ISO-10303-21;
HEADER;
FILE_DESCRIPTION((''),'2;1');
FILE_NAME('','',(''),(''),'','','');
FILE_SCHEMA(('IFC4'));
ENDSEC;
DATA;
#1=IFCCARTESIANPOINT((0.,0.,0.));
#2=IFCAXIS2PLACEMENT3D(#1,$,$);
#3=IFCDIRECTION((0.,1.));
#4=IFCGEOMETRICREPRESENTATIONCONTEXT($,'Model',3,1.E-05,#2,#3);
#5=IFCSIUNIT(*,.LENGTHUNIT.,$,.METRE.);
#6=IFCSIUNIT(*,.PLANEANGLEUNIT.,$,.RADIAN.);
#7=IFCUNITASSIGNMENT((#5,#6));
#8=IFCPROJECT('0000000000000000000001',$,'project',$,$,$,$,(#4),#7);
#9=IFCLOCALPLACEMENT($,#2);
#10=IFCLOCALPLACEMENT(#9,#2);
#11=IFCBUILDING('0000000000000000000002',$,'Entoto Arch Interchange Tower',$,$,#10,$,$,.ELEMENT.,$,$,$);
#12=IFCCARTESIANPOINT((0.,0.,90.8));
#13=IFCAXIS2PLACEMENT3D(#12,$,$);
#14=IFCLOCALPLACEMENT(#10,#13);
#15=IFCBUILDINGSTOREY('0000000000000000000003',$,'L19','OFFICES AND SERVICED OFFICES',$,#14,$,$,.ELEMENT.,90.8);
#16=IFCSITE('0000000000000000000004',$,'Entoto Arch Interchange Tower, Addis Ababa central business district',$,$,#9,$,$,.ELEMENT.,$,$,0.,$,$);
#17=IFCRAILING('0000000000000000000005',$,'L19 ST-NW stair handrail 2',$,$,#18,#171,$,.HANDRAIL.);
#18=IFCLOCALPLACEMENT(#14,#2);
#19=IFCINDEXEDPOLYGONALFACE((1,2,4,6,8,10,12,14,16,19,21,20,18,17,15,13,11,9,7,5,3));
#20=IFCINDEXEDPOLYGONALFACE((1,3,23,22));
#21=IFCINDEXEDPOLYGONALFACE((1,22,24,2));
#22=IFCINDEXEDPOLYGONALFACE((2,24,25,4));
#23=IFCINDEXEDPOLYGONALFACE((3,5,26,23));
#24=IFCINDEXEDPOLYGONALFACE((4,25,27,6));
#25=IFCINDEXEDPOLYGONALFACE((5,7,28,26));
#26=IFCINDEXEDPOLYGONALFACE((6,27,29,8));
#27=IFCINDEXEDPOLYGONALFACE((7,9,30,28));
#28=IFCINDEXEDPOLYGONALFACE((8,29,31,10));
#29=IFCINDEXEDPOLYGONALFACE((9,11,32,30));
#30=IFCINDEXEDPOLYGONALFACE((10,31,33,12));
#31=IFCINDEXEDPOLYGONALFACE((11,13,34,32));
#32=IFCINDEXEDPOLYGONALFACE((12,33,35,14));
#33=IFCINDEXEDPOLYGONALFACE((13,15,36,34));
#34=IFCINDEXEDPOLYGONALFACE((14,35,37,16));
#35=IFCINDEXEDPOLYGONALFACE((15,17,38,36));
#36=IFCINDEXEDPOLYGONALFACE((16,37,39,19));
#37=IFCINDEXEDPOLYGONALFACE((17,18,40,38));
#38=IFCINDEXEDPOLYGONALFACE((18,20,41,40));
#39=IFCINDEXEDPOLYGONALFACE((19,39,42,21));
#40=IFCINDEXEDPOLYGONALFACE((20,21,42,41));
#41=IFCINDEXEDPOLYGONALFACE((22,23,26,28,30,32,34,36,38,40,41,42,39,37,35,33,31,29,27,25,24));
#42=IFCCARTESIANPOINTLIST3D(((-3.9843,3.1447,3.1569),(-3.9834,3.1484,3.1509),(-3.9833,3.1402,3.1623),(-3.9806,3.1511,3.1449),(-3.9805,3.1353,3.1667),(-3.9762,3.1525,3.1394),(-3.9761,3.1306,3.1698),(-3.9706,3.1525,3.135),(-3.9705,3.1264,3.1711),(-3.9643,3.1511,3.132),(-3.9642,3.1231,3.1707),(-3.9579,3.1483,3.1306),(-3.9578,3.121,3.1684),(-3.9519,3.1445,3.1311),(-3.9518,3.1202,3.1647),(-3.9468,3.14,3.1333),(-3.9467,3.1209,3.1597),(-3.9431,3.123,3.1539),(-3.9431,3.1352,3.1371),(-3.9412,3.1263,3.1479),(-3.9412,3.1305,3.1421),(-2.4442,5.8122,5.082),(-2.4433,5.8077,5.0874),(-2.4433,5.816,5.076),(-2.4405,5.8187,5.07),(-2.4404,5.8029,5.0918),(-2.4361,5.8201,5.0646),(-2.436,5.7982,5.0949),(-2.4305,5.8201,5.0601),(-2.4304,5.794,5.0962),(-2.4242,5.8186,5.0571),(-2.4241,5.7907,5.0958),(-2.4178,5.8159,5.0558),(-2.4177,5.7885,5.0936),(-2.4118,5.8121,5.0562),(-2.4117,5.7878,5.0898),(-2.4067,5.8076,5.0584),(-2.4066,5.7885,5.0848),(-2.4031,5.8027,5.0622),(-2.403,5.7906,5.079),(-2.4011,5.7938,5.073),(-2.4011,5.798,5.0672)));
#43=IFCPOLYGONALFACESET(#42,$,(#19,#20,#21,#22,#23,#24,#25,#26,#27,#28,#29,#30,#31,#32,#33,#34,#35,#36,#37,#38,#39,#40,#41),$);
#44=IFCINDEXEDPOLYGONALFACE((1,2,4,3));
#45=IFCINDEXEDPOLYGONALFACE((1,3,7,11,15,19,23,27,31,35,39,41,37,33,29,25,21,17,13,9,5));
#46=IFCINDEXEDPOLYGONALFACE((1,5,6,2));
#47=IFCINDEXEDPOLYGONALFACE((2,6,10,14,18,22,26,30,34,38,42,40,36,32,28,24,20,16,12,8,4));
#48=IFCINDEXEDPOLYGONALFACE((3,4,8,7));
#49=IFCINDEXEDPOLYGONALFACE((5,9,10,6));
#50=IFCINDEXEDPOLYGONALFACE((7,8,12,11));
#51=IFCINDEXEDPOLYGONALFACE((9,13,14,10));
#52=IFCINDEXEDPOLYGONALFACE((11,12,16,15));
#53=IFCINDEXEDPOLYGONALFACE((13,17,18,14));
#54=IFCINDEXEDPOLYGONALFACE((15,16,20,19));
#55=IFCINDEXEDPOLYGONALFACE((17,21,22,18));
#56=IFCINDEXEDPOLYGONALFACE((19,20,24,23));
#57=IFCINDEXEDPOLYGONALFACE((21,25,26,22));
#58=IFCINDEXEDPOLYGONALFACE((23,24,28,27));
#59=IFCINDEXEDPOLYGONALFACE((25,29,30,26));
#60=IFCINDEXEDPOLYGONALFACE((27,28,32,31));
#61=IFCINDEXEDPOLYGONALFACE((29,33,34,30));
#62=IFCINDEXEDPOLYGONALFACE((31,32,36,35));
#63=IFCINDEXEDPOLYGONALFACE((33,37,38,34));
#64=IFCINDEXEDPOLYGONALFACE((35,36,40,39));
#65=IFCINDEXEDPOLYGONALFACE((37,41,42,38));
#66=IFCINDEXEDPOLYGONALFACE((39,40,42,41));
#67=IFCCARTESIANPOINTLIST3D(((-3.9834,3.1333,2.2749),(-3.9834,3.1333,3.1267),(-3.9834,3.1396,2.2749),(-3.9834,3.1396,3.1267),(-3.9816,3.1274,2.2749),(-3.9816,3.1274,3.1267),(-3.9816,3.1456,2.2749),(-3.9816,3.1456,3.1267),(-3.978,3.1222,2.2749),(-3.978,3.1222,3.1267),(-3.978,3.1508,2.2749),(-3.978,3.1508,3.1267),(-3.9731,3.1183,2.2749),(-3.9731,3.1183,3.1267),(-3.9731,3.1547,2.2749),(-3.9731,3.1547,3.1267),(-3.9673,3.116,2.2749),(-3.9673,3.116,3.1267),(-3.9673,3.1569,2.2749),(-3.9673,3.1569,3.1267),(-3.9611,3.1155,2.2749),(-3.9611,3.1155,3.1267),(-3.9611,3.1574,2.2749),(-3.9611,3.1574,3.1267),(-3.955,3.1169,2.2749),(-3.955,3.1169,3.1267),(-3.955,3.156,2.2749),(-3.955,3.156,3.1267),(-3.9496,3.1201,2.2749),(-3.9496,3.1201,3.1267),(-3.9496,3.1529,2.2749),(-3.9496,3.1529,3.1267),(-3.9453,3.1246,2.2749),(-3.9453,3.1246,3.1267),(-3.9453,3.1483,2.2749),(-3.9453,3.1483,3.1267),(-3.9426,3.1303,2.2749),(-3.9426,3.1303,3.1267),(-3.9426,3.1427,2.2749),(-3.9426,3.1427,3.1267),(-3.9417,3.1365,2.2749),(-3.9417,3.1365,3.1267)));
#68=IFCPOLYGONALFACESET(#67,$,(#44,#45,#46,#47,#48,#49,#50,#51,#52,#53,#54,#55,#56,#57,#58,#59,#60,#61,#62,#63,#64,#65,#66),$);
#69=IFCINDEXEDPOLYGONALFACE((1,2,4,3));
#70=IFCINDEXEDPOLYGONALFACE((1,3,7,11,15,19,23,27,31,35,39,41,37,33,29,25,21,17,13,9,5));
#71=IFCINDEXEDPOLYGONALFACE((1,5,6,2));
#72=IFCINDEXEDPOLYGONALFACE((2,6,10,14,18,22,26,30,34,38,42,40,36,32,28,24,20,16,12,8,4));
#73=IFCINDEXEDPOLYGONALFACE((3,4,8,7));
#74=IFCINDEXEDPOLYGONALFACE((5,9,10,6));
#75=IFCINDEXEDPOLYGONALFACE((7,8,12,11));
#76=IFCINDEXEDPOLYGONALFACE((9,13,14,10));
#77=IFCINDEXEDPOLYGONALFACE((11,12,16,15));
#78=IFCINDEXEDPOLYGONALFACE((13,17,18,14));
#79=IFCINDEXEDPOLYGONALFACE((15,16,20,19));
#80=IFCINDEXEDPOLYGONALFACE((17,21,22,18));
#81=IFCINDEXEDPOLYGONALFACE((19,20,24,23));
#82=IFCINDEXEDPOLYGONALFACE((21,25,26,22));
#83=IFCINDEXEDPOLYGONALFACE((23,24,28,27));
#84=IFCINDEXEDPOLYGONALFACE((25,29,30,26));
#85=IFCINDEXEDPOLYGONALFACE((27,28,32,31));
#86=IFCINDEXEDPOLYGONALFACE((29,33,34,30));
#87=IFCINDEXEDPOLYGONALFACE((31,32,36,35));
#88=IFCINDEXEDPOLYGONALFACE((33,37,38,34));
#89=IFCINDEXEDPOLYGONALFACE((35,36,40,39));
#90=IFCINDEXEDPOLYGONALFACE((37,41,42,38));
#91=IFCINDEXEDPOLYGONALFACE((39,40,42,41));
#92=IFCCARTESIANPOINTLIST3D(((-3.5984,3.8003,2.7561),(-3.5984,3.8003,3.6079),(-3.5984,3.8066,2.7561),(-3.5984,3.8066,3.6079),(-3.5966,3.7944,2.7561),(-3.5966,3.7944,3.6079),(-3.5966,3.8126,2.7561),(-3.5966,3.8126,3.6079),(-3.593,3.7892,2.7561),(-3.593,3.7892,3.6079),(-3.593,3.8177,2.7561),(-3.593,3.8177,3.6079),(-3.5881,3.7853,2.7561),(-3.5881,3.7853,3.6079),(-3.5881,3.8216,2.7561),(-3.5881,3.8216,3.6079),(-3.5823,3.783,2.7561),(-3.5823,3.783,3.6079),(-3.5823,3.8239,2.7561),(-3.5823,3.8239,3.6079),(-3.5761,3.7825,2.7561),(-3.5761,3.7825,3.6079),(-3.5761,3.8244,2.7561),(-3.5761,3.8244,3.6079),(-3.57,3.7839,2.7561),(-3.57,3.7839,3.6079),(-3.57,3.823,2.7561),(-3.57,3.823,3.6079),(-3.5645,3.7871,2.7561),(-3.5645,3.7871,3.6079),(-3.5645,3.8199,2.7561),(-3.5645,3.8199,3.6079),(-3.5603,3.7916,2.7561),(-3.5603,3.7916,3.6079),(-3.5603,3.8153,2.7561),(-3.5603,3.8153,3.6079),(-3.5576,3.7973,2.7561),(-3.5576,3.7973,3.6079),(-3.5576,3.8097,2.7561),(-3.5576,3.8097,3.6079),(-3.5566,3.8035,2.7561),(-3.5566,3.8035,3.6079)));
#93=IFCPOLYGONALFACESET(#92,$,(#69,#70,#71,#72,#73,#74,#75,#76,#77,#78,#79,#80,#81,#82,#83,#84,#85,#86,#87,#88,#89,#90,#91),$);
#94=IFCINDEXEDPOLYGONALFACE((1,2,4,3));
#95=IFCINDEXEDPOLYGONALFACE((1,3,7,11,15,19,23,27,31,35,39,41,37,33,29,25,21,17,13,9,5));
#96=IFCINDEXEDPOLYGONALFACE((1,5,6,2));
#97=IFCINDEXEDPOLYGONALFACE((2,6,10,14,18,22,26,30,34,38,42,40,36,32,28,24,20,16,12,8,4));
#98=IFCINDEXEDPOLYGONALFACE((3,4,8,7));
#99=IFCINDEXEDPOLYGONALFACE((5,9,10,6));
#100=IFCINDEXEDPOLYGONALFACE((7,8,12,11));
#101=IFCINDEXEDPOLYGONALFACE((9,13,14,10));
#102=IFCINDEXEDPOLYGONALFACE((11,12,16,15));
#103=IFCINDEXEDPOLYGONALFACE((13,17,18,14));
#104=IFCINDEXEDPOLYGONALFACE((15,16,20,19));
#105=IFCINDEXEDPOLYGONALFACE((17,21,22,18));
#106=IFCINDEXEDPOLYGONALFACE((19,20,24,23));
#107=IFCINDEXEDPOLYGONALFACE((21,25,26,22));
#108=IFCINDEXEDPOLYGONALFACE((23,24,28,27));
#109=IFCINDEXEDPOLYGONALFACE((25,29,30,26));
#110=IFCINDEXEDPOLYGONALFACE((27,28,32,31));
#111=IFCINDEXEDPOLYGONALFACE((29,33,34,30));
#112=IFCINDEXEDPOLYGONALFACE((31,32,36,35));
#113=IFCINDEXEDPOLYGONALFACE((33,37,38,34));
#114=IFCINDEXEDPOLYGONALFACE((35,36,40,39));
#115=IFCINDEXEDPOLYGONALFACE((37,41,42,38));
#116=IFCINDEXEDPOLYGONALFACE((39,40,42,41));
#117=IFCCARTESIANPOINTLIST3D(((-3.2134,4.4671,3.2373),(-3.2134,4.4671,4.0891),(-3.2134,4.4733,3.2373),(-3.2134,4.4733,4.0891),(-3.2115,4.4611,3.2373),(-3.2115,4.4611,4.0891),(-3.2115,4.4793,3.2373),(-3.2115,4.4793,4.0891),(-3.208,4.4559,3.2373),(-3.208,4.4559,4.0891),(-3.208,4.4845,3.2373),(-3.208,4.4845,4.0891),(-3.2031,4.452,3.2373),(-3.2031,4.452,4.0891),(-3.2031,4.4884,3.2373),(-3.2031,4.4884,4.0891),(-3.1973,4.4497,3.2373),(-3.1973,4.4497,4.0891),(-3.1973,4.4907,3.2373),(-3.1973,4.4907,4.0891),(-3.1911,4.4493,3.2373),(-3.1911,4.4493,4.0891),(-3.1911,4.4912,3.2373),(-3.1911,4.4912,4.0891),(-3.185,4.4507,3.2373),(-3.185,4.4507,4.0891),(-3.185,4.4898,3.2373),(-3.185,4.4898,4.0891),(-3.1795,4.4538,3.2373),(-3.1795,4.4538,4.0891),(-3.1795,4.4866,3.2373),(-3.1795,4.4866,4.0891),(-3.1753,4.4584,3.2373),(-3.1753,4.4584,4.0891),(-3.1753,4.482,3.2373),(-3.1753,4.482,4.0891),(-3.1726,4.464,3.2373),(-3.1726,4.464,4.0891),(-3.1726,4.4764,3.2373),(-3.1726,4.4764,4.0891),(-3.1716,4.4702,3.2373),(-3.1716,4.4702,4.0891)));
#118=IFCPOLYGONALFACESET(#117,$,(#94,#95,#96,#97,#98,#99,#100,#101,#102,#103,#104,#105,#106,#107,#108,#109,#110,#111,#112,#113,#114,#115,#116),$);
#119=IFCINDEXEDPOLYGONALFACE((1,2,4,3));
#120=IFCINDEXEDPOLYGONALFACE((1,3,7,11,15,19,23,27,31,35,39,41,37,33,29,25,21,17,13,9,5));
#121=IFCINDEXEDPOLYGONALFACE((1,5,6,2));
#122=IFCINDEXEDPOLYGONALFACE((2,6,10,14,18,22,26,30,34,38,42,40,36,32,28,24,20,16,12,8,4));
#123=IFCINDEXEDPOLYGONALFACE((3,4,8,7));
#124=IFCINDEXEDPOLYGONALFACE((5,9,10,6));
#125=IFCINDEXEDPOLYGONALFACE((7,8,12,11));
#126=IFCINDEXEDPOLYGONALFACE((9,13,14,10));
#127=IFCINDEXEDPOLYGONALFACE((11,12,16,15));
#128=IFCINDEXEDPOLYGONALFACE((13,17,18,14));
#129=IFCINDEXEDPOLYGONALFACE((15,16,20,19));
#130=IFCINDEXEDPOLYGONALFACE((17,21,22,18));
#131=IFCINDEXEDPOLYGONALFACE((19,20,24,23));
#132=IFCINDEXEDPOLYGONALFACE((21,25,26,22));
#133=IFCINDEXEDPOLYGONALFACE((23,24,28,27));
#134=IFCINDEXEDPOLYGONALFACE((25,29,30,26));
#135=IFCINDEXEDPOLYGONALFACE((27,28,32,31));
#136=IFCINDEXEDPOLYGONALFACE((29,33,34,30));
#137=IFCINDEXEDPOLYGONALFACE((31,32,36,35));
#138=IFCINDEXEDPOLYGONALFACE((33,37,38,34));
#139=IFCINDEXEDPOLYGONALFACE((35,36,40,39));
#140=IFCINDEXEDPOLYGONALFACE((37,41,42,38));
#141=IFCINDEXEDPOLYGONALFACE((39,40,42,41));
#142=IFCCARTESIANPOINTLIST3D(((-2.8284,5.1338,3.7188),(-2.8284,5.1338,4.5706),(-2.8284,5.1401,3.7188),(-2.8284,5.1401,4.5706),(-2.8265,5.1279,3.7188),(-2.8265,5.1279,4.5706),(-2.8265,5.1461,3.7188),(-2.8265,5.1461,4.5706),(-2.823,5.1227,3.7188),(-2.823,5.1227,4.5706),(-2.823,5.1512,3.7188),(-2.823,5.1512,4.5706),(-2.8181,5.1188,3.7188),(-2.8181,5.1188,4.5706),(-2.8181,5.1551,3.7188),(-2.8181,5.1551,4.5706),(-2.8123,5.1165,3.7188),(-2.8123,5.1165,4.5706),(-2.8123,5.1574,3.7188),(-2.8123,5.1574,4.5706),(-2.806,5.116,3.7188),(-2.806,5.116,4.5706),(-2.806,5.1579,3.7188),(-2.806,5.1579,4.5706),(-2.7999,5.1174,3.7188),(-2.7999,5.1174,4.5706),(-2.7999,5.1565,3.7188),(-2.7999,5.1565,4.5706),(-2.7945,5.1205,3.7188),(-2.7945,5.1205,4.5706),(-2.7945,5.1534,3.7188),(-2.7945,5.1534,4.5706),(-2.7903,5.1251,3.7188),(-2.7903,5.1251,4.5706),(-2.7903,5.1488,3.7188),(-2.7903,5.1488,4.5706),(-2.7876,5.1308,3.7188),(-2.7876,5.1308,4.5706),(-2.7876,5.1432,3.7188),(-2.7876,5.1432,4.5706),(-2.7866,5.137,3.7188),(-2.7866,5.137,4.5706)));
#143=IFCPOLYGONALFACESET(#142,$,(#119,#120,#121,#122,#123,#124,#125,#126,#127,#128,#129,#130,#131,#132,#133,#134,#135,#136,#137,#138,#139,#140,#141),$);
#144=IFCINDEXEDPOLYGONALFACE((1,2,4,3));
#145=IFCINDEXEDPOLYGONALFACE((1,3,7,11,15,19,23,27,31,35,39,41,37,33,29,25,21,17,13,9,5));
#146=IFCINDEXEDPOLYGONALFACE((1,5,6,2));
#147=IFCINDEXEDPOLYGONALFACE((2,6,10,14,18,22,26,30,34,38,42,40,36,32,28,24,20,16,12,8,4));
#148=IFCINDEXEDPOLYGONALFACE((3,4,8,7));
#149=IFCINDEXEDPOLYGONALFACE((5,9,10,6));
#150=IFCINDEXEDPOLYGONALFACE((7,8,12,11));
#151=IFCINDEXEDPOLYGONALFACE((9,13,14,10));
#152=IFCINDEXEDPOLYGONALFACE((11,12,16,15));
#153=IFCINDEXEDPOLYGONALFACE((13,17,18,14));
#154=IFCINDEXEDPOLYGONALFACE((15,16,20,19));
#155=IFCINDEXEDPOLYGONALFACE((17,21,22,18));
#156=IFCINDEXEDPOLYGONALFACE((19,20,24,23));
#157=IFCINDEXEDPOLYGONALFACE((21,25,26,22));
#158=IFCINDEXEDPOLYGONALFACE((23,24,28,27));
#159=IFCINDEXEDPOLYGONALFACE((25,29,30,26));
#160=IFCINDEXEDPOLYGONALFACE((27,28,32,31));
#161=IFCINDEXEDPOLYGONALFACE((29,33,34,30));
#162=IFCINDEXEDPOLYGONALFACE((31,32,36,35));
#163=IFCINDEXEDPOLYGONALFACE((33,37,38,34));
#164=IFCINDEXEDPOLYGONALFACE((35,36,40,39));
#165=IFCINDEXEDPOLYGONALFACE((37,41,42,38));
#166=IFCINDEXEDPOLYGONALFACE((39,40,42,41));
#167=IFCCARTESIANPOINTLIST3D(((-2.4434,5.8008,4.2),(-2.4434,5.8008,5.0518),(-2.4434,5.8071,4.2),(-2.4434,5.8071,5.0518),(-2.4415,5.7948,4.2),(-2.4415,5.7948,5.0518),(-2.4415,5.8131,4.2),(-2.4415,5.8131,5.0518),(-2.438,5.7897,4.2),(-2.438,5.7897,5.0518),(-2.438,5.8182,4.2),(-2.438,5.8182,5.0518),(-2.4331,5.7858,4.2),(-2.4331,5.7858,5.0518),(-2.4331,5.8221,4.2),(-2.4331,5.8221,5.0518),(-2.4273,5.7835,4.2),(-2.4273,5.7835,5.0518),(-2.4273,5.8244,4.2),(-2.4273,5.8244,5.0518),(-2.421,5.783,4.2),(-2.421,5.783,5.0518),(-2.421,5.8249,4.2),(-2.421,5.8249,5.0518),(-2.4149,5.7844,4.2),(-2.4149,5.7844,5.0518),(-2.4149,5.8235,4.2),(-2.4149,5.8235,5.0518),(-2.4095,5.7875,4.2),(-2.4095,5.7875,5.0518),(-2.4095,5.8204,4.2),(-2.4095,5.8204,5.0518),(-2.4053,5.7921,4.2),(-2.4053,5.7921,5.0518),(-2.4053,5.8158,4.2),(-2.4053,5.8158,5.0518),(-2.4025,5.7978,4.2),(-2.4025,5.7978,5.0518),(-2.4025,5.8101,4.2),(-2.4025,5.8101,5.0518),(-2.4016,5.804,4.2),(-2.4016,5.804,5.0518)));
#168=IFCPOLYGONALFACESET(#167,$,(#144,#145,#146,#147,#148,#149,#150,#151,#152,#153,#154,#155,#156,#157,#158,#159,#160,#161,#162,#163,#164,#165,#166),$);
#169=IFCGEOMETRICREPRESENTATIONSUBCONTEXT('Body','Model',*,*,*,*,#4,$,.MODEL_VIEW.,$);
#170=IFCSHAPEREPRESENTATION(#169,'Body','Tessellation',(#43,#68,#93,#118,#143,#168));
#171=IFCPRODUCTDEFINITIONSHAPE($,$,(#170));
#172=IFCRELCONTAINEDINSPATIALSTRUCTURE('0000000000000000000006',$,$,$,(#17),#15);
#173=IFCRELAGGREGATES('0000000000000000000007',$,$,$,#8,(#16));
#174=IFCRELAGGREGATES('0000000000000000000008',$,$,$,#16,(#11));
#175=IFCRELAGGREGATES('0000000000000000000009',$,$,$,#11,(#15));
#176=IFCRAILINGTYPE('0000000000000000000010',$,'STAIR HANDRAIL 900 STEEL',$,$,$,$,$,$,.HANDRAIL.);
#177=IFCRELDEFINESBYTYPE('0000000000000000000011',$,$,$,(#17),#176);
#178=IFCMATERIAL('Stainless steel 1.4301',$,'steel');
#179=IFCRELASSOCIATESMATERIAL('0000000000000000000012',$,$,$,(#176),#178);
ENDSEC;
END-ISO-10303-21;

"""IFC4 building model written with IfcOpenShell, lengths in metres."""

from ifc_helpers import new_model, si_unit, direction, frame, origin, origin_2d, place, context, subcontext, project, spatial, circle, extrude, material, type_object, element, save


model = new_model("IFC4")

# Units and contexts
model_context = context("Model", 3, precision=1e-05, world=origin(), true_north=direction((0.0, 1.0)))
body_context = subcontext(model_context, "Body", "Model", "MODEL_VIEW")
ifc_project = project(units=[si_unit("LENGTHUNIT", "METRE"), si_unit("PLANEANGLEUNIT", "RADIAN")], contexts=[model_context])

# Site, building, storey
site_placement = place(None, origin())
site = spatial("IfcSite", under=ifc_project, at=site_placement, Name="Entoto Arch Interchange Tower, Addis Ababa central business district", CompositionType="ELEMENT", RefElevation=0.0)
building_placement = place(site_placement, origin())
building = spatial("IfcBuilding", under=site, at=building_placement, Name="Entoto Arch Interchange Tower", CompositionType="ELEMENT")
storey_placement = place(building_placement, frame((0.0, 0.0, 90.8)))
storey = spatial("IfcBuildingStorey", under=building, at=storey_placement, Name="L19", Description="OFFICES AND SERVICED OFFICES", CompositionType="ELEMENT", Elevation=90.8)

# Railing
ifc_material_1 = material(Name="Stainless steel 1.4301", Category="steel")
railing_type_1 = type_object("IfcRailingType", Name="STAIR HANDRAIL 900 STEEL", PredefinedType="HANDRAIL", material=ifc_material_1)
railing_1_placement = place(storey_placement, frame((-3.9626, 3.1365, 2.2749)))
element("IfcRailing", 1, at=railing_1_placement, inside=storey, type_object=railing_type_1, Name="L19 ST-NW stair handrail 2", PredefinedType="HANDRAIL", context=body_context, shape_type="SweptSolid", body=[
    extrude(circle(Radius=0.0239, at=origin_2d()), frame((0.0, 0.0, 0.876), z_axis=(0.423994, 0.734395, 0.529993), x_axis=(-0.86603, 0.499992, 0.0)), (0.0, 0.0, 1.0), 3.6323),
    extrude(circle(Radius=0.021, at=origin_2d()), origin(), (0.0, 0.0, 1.0), 0.8518),
    extrude(circle(Radius=0.021, at=origin_2d()), frame((0.385, 0.667, 0.4812)), (0.0, 0.0, 1.0), 0.8518),
    extrude(circle(Radius=0.021, at=origin_2d()), frame((0.77, 1.3337, 0.9624)), (0.0, 0.0, 1.0), 0.8518),
    extrude(circle(Radius=0.021, at=origin_2d()), frame((1.155, 2.0005, 1.4438)), (0.0, 0.0, 1.0), 0.8518),
    extrude(circle(Radius=0.021, at=origin_2d()), frame((1.54, 2.6675, 1.925)), (0.0, 0.0, 1.0), 0.8518),
])

save(model, "model.ifc")
